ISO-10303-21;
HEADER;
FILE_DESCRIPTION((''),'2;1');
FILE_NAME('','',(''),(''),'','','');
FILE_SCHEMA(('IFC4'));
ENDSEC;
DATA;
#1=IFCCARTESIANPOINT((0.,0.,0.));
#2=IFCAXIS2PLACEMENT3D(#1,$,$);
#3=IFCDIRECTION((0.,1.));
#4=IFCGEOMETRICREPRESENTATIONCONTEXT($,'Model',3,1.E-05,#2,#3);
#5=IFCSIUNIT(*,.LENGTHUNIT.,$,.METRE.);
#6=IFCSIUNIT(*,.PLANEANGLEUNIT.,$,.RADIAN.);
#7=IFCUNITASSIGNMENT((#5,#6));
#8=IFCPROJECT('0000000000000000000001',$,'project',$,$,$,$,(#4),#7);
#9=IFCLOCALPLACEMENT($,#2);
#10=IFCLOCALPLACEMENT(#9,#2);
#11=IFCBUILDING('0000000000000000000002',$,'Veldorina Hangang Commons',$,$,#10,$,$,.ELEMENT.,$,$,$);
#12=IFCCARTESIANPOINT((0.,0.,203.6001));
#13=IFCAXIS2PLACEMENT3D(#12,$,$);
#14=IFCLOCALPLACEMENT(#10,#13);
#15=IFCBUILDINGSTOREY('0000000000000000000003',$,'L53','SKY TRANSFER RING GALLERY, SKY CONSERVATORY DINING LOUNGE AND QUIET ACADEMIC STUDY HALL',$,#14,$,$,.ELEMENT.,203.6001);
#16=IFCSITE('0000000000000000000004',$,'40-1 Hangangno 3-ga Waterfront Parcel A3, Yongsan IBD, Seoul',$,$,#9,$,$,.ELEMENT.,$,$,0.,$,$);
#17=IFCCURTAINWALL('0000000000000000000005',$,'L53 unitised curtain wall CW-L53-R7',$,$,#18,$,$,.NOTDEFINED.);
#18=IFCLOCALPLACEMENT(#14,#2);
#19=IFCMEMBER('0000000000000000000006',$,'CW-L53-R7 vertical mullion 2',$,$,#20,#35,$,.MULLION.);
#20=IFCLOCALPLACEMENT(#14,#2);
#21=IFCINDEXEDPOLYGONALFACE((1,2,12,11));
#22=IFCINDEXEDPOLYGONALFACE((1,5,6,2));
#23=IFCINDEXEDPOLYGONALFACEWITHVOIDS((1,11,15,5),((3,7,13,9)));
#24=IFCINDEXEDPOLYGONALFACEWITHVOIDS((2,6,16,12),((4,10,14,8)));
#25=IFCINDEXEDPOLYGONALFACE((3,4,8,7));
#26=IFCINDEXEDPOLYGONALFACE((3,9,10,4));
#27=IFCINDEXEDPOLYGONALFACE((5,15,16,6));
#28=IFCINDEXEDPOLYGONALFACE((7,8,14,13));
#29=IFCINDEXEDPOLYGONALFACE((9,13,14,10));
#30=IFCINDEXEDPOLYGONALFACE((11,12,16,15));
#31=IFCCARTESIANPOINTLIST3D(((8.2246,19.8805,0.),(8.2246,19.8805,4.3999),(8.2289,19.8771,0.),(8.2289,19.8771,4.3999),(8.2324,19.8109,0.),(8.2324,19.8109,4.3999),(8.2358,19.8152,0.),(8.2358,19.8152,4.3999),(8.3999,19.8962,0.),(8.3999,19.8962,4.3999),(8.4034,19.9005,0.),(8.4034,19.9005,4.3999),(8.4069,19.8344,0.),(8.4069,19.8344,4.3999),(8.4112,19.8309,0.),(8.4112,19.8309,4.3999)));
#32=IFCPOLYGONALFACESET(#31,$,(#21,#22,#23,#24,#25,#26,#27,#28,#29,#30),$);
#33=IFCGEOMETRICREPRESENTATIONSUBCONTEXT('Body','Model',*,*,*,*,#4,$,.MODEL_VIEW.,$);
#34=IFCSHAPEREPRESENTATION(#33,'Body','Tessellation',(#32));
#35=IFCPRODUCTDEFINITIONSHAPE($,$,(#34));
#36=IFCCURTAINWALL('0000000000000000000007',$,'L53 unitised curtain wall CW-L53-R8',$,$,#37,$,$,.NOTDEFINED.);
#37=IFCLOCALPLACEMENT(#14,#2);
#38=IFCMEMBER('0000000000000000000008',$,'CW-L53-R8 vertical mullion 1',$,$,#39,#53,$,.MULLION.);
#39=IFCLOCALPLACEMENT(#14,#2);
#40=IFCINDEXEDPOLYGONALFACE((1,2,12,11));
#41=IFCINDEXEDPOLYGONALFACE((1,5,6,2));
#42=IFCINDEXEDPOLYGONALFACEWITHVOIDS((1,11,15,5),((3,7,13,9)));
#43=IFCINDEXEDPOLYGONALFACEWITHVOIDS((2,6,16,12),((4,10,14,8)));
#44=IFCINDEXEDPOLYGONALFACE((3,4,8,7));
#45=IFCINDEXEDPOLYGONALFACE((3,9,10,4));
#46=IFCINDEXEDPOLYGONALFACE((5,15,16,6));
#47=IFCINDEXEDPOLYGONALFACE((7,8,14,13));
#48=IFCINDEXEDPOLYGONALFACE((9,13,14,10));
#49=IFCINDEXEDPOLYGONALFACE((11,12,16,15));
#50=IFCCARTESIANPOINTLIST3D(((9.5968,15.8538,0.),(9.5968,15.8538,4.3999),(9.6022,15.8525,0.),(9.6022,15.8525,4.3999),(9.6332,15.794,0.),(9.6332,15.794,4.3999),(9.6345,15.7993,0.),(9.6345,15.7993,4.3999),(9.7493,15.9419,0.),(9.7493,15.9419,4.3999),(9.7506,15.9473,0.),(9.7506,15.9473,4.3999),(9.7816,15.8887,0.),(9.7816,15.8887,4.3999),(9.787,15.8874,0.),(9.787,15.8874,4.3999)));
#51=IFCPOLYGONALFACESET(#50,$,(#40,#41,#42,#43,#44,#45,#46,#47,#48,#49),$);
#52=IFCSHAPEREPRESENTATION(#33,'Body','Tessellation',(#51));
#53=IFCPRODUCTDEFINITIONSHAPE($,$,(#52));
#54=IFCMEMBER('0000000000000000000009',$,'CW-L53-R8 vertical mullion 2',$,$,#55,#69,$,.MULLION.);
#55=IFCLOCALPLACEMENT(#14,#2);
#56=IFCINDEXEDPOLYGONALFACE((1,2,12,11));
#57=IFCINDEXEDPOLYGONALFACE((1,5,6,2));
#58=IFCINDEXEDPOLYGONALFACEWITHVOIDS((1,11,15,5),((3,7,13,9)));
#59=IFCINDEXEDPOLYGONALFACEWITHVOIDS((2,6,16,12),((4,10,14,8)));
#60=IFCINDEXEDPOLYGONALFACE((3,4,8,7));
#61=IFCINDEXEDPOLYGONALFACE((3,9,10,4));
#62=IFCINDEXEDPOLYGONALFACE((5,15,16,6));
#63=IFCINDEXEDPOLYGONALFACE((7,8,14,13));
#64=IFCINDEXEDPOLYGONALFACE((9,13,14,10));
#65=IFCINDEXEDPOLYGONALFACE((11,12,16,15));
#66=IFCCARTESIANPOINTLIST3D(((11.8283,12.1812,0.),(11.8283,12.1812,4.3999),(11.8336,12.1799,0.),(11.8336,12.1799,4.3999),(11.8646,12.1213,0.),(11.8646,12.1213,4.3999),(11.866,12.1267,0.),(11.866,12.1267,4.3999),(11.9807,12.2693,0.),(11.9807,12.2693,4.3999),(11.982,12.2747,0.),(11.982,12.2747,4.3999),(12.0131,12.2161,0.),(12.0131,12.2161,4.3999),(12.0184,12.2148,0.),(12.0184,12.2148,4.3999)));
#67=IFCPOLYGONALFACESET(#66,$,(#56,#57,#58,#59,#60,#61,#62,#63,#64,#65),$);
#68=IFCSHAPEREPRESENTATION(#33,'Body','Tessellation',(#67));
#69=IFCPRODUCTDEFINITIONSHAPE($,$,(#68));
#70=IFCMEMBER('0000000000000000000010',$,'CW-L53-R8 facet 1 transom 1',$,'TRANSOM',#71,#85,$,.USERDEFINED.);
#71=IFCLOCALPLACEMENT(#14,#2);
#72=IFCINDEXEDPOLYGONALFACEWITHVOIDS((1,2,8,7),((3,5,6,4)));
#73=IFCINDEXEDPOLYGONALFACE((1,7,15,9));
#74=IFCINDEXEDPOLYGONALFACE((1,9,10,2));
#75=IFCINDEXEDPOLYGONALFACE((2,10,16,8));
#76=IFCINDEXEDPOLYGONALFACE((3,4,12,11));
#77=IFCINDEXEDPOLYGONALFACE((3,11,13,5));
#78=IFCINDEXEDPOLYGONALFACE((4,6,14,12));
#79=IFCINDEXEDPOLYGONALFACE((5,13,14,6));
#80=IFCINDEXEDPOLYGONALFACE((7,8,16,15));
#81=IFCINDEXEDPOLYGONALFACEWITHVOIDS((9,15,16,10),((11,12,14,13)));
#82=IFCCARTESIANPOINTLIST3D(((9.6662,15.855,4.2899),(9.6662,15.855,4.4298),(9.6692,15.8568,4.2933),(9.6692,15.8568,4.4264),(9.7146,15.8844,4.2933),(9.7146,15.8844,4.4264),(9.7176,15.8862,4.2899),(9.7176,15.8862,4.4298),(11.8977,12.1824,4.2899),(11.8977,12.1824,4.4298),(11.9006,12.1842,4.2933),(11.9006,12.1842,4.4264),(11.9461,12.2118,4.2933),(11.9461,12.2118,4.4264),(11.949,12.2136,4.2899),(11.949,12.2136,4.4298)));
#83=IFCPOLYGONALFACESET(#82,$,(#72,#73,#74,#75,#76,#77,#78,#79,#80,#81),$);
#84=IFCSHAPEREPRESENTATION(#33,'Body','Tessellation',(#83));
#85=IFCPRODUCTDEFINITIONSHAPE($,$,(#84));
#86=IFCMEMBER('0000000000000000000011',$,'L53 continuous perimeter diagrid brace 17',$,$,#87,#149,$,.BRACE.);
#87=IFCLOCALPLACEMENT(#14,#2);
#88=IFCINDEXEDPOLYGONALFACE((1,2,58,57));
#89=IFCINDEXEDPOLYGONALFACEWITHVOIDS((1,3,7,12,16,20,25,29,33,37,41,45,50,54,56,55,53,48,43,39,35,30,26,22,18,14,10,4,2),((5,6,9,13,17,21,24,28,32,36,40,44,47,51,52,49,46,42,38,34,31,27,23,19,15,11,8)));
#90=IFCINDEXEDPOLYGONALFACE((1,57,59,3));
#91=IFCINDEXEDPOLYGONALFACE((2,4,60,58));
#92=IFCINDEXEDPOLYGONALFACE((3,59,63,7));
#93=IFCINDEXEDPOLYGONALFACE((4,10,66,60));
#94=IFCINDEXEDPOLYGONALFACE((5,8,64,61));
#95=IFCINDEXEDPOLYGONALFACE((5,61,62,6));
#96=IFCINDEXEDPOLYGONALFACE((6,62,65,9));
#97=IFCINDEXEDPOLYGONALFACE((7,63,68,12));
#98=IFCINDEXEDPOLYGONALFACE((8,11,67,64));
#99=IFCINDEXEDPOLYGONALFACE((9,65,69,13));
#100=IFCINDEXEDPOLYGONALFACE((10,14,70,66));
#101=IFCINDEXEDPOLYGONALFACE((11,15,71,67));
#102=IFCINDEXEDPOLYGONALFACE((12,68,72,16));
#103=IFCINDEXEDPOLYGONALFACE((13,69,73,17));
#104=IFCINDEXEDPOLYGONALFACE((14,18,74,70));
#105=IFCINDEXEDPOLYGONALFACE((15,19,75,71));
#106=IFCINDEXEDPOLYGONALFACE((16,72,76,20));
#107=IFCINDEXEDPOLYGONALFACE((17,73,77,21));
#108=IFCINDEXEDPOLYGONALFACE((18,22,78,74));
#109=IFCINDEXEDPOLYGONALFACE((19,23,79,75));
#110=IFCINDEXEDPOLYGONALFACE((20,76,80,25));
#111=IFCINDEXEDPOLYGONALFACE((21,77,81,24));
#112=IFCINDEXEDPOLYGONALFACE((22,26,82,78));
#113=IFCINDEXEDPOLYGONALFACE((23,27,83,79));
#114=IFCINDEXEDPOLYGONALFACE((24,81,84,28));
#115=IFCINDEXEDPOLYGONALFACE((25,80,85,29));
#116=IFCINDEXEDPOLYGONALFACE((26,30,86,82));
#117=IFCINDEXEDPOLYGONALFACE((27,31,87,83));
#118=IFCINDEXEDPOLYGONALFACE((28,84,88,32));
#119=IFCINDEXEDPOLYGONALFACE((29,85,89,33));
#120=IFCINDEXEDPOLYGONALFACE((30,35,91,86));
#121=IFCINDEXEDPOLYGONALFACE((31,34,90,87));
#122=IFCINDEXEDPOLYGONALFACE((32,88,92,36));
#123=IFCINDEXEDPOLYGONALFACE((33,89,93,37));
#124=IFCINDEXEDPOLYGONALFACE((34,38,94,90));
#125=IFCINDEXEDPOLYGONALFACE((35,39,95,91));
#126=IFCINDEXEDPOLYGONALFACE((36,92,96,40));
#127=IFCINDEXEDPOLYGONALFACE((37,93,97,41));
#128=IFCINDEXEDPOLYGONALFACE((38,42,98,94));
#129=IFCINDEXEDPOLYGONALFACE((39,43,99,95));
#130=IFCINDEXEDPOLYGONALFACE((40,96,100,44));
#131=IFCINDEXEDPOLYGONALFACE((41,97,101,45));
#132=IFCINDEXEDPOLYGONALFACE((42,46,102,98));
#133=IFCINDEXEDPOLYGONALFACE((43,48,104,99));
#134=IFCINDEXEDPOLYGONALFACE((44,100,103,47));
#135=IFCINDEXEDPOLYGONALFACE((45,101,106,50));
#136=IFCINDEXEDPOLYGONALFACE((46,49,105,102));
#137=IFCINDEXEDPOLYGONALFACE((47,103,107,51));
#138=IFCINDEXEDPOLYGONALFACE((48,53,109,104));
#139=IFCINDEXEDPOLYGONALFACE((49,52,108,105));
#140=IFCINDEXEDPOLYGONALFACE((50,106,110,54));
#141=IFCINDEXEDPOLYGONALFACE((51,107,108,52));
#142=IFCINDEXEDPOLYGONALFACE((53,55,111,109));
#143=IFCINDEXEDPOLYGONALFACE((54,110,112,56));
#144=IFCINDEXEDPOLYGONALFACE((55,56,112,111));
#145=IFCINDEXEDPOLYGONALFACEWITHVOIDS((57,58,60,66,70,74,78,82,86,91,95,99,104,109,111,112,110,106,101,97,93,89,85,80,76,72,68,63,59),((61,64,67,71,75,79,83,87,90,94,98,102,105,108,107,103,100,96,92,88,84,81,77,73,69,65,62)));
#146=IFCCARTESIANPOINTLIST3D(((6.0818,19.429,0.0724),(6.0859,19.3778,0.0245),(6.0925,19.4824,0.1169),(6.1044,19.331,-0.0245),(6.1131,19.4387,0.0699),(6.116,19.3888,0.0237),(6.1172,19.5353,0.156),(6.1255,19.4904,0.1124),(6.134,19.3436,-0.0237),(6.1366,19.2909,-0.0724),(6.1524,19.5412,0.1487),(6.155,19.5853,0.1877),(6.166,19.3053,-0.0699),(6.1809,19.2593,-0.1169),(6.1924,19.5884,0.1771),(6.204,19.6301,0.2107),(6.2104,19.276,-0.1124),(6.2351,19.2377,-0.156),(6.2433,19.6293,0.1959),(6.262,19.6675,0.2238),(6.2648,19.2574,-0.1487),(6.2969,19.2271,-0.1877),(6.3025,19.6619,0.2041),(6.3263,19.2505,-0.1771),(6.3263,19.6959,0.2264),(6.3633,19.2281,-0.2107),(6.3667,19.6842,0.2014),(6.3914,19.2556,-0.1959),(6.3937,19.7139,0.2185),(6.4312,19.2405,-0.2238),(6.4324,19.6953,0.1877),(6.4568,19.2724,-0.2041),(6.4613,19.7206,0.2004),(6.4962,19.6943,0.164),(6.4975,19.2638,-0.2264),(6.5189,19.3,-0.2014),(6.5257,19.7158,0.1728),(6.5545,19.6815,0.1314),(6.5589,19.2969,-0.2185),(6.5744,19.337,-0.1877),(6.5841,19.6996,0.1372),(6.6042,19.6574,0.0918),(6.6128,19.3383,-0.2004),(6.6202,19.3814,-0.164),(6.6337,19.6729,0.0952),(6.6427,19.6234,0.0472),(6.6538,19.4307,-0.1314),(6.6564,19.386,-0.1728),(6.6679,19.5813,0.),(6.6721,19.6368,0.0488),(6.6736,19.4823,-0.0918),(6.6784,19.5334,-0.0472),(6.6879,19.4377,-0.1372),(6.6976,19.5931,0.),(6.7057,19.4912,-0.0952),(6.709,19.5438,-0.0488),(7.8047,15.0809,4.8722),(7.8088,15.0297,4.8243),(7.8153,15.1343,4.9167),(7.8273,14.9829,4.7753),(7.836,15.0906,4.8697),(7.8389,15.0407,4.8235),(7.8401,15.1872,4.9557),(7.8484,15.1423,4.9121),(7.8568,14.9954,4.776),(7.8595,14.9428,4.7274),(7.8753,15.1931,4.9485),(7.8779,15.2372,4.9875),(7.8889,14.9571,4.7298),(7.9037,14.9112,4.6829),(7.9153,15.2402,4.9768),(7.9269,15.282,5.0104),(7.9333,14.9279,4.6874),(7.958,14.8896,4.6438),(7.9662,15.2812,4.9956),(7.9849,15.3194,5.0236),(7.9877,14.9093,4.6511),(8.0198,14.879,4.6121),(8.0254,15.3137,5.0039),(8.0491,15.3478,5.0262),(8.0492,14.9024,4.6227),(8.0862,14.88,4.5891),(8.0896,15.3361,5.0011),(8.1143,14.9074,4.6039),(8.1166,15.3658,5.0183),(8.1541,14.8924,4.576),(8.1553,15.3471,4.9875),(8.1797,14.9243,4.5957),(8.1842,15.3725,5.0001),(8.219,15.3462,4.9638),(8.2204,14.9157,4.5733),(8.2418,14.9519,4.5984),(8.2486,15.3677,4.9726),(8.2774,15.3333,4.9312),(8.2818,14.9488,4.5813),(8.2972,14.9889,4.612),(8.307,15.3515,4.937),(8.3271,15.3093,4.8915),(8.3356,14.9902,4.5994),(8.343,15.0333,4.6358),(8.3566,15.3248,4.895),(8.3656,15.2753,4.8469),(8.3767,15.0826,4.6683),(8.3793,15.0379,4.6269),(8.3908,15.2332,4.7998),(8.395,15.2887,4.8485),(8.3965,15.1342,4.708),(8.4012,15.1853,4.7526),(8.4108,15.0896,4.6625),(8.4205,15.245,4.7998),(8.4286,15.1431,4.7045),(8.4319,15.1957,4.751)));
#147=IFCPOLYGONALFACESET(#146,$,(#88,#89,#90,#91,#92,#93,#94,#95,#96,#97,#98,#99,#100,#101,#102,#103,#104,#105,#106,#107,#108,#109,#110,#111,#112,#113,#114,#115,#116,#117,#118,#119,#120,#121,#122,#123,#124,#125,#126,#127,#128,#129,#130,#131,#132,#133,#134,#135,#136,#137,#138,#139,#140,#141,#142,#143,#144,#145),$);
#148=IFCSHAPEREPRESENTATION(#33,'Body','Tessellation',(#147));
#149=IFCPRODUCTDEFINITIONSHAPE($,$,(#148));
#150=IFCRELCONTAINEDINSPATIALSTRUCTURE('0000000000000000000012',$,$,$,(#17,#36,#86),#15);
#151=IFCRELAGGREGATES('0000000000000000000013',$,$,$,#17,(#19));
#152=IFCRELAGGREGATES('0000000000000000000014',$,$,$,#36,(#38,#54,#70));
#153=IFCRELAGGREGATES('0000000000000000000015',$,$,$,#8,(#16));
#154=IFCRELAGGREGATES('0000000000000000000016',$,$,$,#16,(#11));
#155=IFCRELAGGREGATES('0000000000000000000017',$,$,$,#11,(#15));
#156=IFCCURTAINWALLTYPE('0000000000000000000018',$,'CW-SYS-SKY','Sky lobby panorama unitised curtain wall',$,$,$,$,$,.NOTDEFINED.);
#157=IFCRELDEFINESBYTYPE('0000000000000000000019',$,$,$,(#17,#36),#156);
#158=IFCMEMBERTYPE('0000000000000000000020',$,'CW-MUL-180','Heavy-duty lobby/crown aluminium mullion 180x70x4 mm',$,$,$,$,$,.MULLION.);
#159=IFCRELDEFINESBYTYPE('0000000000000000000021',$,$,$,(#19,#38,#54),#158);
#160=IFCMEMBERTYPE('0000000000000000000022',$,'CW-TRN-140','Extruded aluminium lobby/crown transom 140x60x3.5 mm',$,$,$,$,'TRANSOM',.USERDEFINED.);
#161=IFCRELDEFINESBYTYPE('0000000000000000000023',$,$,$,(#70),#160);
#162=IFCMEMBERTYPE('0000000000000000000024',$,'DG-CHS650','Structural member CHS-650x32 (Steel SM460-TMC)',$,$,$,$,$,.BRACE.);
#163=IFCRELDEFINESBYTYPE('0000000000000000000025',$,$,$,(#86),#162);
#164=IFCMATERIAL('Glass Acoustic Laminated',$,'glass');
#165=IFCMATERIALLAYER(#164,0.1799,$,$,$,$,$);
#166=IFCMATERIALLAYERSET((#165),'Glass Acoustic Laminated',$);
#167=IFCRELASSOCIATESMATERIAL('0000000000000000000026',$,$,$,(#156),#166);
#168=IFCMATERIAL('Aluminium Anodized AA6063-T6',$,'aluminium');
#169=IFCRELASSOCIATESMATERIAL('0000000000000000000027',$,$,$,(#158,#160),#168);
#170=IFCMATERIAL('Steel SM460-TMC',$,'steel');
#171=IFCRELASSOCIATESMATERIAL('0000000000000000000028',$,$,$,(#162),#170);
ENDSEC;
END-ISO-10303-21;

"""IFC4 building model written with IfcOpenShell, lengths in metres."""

from ifc_helpers import new_model, si_unit, direction, frame, origin, origin_2d, place, context, subcontext, project, spatial, hollow_rectangle, hollow_circle, extrude, material, layer, layer_set, material_profile, profile_set, type_object, element, aggregate, save


model = new_model("IFC4")

# Units and contexts
model_context = context("Model", 3, precision=1e-05, world=origin(), true_north=direction((0.0, 1.0)))
body_context = subcontext(model_context, "Body", "Model", "MODEL_VIEW")
ifc_project = project(units=[si_unit("LENGTHUNIT", "METRE"), si_unit("PLANEANGLEUNIT", "RADIAN")], contexts=[model_context])

# Site, building, storey
site_placement = place(None, origin())
site = spatial("IfcSite", under=ifc_project, at=site_placement, Name="40-1 Hangangno 3-ga Waterfront Parcel A3, Yongsan IBD, Seoul", CompositionType="ELEMENT", RefElevation=0.0)
building_placement = place(site_placement, origin())
building = spatial("IfcBuilding", under=site, at=building_placement, Name="Veldorina Hangang Commons", CompositionType="ELEMENT")
storey_placement = place(building_placement, frame((0.0, 0.0, 203.6001)))
storey = spatial("IfcBuildingStorey", under=building, at=storey_placement, Name="L53", Description="SKY TRANSFER RING GALLERY, SKY CONSERVATORY DINING LOUNGE AND QUIET ACADEMIC STUDY HALL", CompositionType="ELEMENT", Elevation=203.6001)

# Curtain wall, member
ifc_material_1 = material(Name="Glass Acoustic Laminated", Category="glass")
ifc_layer_1 = layer(ifc_material_1, 0.1799)
ifc_layer_set_1 = layer_set([ifc_layer_1], Name="Glass Acoustic Laminated")
curtain_wall_type = type_object("IfcCurtainWallType", Name="CW-SYS-SKY", Description="Sky lobby panorama unitised curtain wall", PredefinedType="NOTDEFINED", material=ifc_layer_set_1)
curtain_wall_1_placement = place(storey_placement, origin())
curtain_wall_1 = element("IfcCurtainWall", 1, at=curtain_wall_1_placement, inside=storey, type_object=curtain_wall_type, Name="L53 unitised curtain wall CW-L53-R7", PredefinedType="NOTDEFINED")
ifc_material_2 = material(Name="Aluminium Anodized AA6063-T6", Category="aluminium")
ifc_material_profile_1 = material_profile(ifc_material_2, hollow_rectangle(XDim=0.0701, YDim=0.1799, WallThickness=0.0039, at=origin_2d()), Name="ALU-RHS-180x70x4")
ifc_profile_set_1 = profile_set([ifc_material_profile_1], Name="Aluminium Anodized AA6063-T6")
member_type_1 = type_object("IfcMemberType", Name="CW-MUL-180", Description="Heavy-duty lobby/crown aluminium mullion 180x70x4 mm", PredefinedType="MULLION", material=ifc_profile_set_1)
member_1_placement = place(storey_placement, frame((8.3179, 19.8557, 0.0), z_axis=(0.0, 0.0, 1.0), x_axis=(-0.111261, 0.993791, 0.0)))
member_1 = element("IfcMember", 2, at=member_1_placement, type_object=member_type_1, Name="CW-L53-R7 vertical mullion 2", PredefinedType="MULLION", context=body_context, shape_type="SweptSolid", body=[
    extrude(hollow_rectangle(XDim=0.0701, YDim=0.1799, WallThickness=0.0039, at=origin_2d()), origin(), (0.0, 0.0, 1.0), 4.3999),
])
aggregate(curtain_wall_1, [member_1])

# Curtain wall, members
curtain_wall_2_placement = place(storey_placement, origin())
curtain_wall_2 = element("IfcCurtainWall", 3, at=curtain_wall_2_placement, inside=storey, type_object=curtain_wall_type, Name="L53 unitised curtain wall CW-L53-R8", PredefinedType="NOTDEFINED")
member_2_placement = place(storey_placement, frame((9.6919, 15.8706, 0.0), z_axis=(0.0, 0.0, 1.0), x_axis=(0.519236, -0.854631, 0.0)))
member_2 = element("IfcMember", 4, at=member_2_placement, type_object=member_type_1, Name="CW-L53-R8 vertical mullion 1", PredefinedType="MULLION", context=body_context, shape_type="SweptSolid", body=[
    extrude(hollow_rectangle(XDim=0.0701, YDim=0.1799, WallThickness=0.0039, at=origin_2d()), origin(), (0.0, 0.0, 1.0), 4.3999),
])
member_3_placement = place(storey_placement, frame((11.9233, 12.198, 0.0), z_axis=(0.0, 0.0, 1.0), x_axis=(-0.519236, 0.854631, 0.0)))
member_3 = element("IfcMember", 5, at=member_3_placement, type_object=member_type_1, Name="CW-L53-R8 vertical mullion 2", PredefinedType="MULLION", context=body_context, shape_type="SweptSolid", body=[
    extrude(hollow_rectangle(XDim=0.0701, YDim=0.1799, WallThickness=0.0039, at=origin_2d()), origin(), (0.0, 0.0, 1.0), 4.3999),
])
ifc_material_profile_2 = material_profile(ifc_material_2, hollow_rectangle(XDim=0.0601, YDim=0.1399, WallThickness=0.0034, at=origin_2d()), Name="ALU-RHS-140x60x3.5")
ifc_profile_set_2 = profile_set([ifc_material_profile_2], Name="Aluminium Anodized AA6063-T6")
member_type_2 = type_object("IfcMemberType", Name="CW-TRN-140", Description="Extruded aluminium lobby/crown transom 140x60x3.5 mm", ElementType="TRANSOM", PredefinedType="USERDEFINED", material=ifc_profile_set_2)
member_4_placement = place(storey_placement, frame((9.6919, 15.8706, 4.3599), z_axis=(0.519258, -0.854617, 0.0), x_axis=(0.854617, 0.519258, 0.0)))
member_4 = element("IfcMember", 6, at=member_4_placement, type_object=member_type_2, Name="CW-L53-R8 facet 1 transom 1", ObjectType="TRANSOM", PredefinedType="USERDEFINED", context=body_context, shape_type="SweptSolid", body=[
    extrude(hollow_rectangle(XDim=0.0601, YDim=0.1399, WallThickness=0.0034, at=origin_2d()), origin(), (0.0, 0.0, 1.0), 4.2974),
])

# Member
ifc_material_3 = material(Name="Steel SM460-TMC", Category="steel")
ifc_material_profile_3 = material_profile(ifc_material_3, hollow_circle(Radius=0.325, WallThickness=0.032, at=origin_2d()), Name="CHS-650x32")
ifc_profile_set_3 = profile_set([ifc_material_profile_3], Name="Steel SM460-TMC")
member_type_3 = type_object("IfcMemberType", Name="DG-CHS650", Description="Structural member CHS-650x32 (Steel SM460-TMC)", PredefinedType="BRACE", material=ifc_profile_set_3)
member_5_placement = place(storey_placement, frame((6.3955, 19.4734, 0.0), z_axis=(0.257084, -0.648812, 0.716206), x_axis=(0.929678, 0.368374, 0.0)))
element("IfcMember", 7, at=member_5_placement, inside=storey, type_object=member_type_3, Name="L53 continuous perimeter diagrid brace 17", PredefinedType="BRACE", context=body_context, shape_type="SweptSolid", body=[
    extrude(hollow_circle(Radius=0.325, WallThickness=0.032, at=origin_2d()), origin(), (0.0, 0.0, 1.0), 6.7017),
])

aggregate(curtain_wall_2, [member_2, member_3, member_4])

save(model, "model.ifc")
